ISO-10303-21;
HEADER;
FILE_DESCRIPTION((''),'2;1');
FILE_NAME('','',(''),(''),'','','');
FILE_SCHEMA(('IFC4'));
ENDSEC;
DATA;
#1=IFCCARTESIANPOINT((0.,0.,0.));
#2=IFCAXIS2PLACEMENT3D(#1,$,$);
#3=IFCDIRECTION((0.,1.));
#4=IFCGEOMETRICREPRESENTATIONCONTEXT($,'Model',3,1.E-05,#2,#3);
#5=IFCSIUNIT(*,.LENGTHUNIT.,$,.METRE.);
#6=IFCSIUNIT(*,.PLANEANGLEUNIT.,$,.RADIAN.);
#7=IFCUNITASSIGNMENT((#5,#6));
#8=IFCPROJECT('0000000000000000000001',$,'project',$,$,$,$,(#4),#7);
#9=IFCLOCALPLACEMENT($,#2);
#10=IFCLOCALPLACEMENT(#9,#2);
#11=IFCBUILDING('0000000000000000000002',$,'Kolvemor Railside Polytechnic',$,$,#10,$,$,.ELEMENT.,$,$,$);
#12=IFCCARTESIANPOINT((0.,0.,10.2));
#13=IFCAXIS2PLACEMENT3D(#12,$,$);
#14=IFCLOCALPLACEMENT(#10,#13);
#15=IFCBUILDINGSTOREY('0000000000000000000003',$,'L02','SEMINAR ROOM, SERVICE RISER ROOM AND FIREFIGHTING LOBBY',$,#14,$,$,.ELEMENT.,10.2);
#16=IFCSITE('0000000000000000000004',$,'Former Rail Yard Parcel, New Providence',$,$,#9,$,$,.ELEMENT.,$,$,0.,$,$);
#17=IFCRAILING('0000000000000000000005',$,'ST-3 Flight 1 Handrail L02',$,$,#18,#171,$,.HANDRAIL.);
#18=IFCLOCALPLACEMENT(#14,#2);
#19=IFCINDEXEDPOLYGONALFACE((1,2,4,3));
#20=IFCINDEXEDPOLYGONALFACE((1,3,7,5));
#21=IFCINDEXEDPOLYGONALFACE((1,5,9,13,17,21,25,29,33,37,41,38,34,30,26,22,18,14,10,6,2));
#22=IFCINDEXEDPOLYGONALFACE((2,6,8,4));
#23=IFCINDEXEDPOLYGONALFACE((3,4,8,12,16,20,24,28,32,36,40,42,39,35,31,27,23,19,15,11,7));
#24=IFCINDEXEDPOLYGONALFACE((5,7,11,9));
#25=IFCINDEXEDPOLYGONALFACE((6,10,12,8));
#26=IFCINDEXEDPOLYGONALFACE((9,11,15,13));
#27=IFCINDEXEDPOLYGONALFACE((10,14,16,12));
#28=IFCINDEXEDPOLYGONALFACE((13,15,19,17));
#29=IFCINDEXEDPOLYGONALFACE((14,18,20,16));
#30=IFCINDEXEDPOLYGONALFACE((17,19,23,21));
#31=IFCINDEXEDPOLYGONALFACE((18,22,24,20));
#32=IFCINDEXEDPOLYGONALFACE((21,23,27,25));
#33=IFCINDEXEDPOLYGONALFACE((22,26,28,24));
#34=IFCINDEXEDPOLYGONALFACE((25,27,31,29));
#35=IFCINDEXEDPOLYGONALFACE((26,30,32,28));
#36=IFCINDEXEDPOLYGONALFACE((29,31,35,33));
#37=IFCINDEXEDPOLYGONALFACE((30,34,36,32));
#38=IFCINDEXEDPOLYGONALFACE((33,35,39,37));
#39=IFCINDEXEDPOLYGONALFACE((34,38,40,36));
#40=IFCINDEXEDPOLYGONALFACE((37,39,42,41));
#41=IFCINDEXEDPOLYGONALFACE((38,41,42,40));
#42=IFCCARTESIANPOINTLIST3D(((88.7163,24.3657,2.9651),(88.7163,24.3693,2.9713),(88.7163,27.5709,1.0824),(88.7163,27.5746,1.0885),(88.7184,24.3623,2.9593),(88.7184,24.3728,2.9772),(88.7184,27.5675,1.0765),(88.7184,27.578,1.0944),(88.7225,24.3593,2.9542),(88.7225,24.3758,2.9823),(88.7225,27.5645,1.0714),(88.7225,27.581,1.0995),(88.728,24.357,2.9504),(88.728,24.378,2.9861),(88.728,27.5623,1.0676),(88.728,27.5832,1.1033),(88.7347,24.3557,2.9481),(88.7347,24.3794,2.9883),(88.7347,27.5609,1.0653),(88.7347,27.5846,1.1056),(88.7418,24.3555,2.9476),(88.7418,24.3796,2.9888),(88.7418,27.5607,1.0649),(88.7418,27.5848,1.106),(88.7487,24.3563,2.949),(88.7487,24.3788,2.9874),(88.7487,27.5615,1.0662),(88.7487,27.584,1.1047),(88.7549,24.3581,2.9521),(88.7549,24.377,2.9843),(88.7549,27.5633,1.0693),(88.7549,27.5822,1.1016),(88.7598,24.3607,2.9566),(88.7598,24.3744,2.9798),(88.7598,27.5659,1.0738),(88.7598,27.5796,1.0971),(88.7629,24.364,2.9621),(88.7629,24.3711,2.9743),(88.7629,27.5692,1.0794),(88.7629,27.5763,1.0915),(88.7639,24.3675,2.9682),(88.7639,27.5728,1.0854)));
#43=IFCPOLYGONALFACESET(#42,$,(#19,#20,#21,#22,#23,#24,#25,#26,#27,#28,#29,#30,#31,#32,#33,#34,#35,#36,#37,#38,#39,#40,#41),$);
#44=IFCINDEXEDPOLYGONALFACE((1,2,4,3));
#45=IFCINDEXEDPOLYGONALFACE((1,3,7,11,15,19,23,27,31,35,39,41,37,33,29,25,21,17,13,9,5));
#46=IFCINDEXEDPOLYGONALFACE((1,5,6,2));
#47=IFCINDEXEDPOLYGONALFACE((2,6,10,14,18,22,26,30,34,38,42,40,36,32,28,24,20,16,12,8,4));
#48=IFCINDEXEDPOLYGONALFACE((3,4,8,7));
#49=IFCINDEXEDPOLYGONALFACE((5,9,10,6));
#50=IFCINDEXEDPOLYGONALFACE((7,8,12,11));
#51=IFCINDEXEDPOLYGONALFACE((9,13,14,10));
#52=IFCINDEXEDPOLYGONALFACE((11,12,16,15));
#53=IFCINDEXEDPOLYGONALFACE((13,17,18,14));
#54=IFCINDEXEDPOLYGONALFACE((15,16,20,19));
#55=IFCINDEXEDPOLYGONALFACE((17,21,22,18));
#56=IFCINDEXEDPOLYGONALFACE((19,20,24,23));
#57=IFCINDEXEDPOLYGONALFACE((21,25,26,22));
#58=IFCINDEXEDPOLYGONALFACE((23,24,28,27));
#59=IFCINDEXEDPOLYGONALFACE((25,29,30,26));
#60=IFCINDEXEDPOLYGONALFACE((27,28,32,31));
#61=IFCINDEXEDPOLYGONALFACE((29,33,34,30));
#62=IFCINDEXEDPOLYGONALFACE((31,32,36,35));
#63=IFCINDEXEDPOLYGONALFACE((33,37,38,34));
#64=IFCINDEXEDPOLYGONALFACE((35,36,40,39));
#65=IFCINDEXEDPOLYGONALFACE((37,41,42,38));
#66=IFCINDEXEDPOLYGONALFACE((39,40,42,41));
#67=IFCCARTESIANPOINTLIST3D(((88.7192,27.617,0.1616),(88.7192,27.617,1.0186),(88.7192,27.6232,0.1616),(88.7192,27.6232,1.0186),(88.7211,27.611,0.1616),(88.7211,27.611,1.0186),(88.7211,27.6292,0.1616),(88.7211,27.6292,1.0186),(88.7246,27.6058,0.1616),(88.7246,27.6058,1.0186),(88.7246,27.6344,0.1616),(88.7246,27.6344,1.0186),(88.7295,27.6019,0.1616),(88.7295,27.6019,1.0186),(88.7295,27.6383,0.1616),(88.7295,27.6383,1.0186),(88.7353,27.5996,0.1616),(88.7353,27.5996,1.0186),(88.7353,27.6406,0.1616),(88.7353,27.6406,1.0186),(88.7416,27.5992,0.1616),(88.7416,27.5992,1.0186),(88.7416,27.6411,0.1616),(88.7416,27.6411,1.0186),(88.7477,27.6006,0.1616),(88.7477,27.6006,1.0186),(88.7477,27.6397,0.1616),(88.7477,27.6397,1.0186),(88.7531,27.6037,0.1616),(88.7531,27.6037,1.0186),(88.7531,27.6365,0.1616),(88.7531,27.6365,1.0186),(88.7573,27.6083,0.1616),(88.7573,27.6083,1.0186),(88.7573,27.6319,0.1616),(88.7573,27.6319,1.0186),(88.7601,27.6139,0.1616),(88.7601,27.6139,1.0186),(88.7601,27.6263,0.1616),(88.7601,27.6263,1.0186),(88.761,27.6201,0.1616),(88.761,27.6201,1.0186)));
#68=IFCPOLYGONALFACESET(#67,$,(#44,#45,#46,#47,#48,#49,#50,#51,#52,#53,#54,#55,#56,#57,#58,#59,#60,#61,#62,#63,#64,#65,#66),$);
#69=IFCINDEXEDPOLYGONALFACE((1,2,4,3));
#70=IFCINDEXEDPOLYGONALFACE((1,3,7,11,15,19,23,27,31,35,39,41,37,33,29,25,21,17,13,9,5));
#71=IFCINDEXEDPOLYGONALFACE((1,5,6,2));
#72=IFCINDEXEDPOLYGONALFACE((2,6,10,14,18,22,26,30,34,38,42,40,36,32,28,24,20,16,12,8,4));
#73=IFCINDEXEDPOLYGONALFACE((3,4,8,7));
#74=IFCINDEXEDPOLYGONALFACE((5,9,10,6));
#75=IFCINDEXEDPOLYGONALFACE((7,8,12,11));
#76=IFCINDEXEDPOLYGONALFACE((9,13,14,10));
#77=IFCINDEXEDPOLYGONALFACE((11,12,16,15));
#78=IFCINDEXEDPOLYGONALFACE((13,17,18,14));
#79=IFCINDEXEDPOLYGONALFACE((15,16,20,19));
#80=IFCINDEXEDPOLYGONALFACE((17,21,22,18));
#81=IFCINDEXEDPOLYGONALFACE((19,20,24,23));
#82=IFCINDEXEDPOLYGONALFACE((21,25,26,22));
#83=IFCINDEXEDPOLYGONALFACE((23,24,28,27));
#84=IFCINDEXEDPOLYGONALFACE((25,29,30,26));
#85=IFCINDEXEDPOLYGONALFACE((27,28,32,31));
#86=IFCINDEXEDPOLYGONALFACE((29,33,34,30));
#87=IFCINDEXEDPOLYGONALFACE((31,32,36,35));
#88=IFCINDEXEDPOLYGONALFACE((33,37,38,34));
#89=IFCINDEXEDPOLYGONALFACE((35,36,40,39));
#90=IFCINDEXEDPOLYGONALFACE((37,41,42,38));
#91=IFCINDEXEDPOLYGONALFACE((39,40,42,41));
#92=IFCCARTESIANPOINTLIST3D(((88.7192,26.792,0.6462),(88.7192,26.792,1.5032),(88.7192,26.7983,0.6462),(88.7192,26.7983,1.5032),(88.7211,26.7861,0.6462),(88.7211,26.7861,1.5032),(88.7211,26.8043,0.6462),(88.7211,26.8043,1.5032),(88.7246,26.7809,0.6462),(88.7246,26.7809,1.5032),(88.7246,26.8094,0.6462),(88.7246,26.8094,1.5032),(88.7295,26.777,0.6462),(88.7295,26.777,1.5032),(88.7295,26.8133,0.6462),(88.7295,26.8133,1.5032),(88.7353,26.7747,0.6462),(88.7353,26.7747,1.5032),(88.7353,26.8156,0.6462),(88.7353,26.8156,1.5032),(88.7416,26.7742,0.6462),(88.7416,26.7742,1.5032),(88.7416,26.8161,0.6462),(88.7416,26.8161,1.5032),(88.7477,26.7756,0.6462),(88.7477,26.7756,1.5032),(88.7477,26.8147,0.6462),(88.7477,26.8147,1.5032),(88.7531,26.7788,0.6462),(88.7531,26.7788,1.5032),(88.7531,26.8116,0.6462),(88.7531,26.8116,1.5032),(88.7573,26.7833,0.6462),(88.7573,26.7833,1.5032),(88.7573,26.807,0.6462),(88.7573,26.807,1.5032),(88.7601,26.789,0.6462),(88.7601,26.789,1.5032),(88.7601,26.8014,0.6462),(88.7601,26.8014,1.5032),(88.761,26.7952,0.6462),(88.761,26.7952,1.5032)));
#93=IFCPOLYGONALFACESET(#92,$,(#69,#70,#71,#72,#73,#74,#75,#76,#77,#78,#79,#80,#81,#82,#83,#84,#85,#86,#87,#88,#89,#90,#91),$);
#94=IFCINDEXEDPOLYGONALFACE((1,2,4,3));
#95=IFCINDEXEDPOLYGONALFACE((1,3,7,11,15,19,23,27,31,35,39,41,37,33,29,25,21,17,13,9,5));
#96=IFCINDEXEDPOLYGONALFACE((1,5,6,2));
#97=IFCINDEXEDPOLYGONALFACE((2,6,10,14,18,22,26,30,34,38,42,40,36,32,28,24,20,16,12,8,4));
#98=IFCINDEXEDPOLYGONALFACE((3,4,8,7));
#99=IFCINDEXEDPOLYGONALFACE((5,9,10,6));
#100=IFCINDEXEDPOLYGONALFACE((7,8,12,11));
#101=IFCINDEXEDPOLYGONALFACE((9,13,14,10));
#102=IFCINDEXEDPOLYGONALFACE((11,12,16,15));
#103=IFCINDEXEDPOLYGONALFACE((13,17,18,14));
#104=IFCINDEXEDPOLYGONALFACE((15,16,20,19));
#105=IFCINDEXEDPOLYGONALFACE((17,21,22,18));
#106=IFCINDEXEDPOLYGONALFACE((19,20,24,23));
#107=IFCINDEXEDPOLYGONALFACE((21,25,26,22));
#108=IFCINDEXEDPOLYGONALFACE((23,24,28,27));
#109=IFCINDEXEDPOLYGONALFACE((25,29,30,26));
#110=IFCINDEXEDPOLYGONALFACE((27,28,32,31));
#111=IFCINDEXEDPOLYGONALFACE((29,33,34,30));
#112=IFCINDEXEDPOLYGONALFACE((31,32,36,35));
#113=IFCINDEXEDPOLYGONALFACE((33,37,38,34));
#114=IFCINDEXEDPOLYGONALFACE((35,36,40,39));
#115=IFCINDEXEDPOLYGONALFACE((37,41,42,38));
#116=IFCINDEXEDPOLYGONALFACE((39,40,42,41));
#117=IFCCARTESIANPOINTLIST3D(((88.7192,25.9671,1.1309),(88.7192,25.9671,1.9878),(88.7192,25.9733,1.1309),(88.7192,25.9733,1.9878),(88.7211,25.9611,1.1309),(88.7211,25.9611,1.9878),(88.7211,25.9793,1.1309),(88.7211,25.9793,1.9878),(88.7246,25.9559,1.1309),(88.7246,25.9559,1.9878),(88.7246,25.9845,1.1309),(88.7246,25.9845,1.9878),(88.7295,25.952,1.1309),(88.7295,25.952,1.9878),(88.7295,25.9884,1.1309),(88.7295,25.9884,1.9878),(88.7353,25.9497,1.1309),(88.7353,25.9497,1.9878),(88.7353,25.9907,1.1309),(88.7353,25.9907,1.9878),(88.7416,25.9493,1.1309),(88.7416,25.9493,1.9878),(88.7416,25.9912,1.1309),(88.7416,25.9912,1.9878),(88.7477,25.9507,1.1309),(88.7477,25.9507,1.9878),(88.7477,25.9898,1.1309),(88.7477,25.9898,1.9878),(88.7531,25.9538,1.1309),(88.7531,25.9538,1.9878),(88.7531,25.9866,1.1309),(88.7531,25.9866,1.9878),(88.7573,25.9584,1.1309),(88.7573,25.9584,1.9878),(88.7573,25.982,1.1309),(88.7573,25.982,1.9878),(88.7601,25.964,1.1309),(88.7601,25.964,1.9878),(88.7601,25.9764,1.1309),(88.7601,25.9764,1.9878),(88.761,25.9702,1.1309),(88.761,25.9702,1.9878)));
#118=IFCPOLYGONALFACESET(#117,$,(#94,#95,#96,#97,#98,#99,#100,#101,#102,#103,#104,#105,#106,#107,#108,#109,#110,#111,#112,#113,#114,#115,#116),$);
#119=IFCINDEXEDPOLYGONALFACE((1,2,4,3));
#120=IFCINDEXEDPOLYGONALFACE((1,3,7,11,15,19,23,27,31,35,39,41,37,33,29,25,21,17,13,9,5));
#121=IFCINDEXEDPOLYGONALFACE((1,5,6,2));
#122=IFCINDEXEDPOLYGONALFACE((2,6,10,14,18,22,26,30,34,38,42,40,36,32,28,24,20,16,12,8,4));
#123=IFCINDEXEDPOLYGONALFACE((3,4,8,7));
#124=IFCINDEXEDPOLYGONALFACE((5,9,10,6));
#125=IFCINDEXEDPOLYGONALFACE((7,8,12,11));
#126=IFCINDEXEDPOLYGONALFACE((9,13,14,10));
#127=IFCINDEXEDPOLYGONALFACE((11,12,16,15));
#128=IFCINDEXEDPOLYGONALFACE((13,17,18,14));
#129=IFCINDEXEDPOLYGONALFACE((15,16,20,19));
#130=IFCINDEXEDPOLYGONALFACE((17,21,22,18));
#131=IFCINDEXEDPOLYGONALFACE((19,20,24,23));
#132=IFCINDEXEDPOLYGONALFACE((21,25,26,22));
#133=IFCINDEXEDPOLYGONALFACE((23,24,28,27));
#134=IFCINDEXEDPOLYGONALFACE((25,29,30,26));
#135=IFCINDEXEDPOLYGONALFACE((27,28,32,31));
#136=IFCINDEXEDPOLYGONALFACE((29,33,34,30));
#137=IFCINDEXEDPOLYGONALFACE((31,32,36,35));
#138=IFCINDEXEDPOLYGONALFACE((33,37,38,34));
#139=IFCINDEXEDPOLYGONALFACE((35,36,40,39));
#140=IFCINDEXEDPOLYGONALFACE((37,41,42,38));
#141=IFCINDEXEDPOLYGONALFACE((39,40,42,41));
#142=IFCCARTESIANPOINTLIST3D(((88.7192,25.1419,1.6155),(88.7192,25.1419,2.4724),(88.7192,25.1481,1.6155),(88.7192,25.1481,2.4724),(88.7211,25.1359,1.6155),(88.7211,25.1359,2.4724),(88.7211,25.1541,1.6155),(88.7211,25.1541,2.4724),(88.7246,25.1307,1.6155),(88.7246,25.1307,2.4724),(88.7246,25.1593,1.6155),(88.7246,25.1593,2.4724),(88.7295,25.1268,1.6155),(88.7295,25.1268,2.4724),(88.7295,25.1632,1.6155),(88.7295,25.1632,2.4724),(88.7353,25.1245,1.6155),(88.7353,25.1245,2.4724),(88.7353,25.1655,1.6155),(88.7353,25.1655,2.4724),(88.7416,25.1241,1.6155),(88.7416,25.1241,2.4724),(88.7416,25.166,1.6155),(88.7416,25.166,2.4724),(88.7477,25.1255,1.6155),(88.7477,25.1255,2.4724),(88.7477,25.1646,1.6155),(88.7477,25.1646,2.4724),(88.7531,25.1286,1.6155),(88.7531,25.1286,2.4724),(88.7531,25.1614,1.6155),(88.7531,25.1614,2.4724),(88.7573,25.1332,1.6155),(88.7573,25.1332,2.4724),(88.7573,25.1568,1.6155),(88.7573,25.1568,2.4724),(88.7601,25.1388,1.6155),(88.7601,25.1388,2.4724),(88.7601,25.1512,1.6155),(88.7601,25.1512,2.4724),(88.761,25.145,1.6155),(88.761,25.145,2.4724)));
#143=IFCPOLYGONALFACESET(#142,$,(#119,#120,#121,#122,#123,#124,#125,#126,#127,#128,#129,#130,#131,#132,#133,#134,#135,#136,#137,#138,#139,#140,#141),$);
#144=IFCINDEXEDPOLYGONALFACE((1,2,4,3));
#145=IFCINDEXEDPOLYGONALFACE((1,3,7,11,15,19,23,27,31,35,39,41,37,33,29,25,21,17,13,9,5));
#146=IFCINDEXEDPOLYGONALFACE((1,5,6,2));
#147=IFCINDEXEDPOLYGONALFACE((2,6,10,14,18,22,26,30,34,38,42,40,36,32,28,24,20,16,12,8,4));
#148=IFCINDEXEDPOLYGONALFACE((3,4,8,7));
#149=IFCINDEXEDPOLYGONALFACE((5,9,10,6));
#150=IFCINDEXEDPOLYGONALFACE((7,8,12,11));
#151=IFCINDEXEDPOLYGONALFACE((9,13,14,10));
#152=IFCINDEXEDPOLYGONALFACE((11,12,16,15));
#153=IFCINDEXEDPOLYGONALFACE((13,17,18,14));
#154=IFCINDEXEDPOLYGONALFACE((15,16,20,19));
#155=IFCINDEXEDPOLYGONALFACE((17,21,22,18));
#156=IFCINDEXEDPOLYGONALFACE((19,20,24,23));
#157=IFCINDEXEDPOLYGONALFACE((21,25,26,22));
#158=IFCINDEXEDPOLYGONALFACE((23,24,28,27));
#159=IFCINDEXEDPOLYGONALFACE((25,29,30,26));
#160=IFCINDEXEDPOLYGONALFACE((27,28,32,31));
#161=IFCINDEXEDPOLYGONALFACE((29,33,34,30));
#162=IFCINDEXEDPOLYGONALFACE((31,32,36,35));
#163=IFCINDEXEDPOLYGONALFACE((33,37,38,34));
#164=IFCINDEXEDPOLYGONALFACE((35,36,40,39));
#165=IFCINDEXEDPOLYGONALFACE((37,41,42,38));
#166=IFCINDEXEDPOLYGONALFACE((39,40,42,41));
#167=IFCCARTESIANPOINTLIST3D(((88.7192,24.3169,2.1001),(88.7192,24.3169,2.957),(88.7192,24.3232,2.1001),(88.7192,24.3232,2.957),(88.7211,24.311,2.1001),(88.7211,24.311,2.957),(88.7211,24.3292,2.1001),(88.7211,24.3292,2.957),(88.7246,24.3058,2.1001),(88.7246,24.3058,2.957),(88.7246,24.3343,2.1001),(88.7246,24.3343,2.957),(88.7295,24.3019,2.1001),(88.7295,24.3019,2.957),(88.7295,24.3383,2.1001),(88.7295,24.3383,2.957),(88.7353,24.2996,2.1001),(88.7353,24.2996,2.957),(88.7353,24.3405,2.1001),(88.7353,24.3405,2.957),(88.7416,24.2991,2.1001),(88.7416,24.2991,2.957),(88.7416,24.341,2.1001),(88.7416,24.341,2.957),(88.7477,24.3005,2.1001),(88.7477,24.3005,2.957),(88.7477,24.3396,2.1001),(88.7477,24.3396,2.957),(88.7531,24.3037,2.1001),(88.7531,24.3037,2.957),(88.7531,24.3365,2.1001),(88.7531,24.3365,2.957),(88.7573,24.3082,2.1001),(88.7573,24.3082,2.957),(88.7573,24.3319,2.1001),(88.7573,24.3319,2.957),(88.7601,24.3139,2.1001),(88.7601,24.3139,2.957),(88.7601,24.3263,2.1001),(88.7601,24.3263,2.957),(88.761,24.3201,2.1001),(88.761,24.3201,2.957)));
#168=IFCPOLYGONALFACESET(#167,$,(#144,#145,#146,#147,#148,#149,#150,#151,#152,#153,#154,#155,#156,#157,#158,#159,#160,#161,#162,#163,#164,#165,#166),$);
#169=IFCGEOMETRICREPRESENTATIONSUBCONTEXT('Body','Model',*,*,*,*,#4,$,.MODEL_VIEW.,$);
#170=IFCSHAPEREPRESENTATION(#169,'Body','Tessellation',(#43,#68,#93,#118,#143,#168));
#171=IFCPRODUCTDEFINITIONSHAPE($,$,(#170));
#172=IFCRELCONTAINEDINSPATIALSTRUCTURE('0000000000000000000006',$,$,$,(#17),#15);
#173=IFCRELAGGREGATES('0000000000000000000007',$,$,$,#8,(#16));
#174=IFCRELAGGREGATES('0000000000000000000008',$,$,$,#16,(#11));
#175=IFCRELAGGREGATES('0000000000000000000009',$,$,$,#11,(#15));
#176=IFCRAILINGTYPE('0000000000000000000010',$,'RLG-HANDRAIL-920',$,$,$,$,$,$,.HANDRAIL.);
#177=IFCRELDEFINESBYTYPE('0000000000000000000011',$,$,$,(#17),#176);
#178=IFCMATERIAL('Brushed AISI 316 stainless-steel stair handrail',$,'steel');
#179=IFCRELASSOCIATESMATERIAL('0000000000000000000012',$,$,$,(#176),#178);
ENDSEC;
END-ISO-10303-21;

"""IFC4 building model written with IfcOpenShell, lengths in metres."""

from ifc_helpers import new_model, si_unit, direction, frame, origin, origin_2d, place, context, subcontext, project, spatial, circle, extrude, material, type_object, element, save


model = new_model("IFC4")

# Units and contexts
model_context = context("Model", 3, precision=1e-05, world=origin(), true_north=direction((0.0, 1.0)))
body_context = subcontext(model_context, "Body", "Model", "MODEL_VIEW")
ifc_project = project(units=[si_unit("LENGTHUNIT", "METRE"), si_unit("PLANEANGLEUNIT", "RADIAN")], contexts=[model_context])

# Site, building, storey
site_placement = place(None, origin())
site = spatial("IfcSite", under=ifc_project, at=site_placement, Name="Former Rail Yard Parcel, New Providence", CompositionType="ELEMENT", RefElevation=0.0)
building_placement = place(site_placement, origin())
building = spatial("IfcBuilding", under=site, at=building_placement, Name="Kolvemor Railside Polytechnic", CompositionType="ELEMENT")
storey_placement = place(building_placement, frame((0.0, 0.0, 10.2)))
storey = spatial("IfcBuildingStorey", under=building, at=storey_placement, Name="L02", Description="SEMINAR ROOM, SERVICE RISER ROOM AND FIREFIGHTING LOBBY", CompositionType="ELEMENT", Elevation=10.2)

# Railing
ifc_material_1 = material(Name="Brushed AISI 316 stainless-steel stair handrail", Category="steel")
railing_type_1 = type_object("IfcRailingType", Name="RLG-HANDRAIL-920", PredefinedType="HANDRAIL", material=ifc_material_1)
railing_1_placement = place(storey_placement, frame((88.74, 27.6201, 0.1616)))
element("IfcRailing", 1, at=railing_1_placement, inside=storey, type_object=railing_type_1, Name="ST-3 Flight 1 Handrail L02", PredefinedType="HANDRAIL", context=body_context, shape_type="SweptSolid", body=[
    extrude(circle(Radius=0.0239, at=origin_2d()), frame((0.0, -0.0474, 0.9238), z_axis=(0.0, -0.862246, 0.50649), x_axis=(1.0, 0.0, 0.0)), (0.0, 0.0, 1.0), 3.7173),
    extrude(circle(Radius=0.021, at=origin_2d()), origin(), (0.0, 0.0, 1.0), 0.8569),
    extrude(circle(Radius=0.021, at=origin_2d()), frame((0.0, -0.825, 0.4846)), (0.0, 0.0, 1.0), 0.8569),
    extrude(circle(Radius=0.021, at=origin_2d()), frame((0.0, -1.6499, 0.9692)), (0.0, 0.0, 1.0), 0.8569),
    extrude(circle(Radius=0.021, at=origin_2d()), frame((0.0, -2.4751, 1.4539)), (0.0, 0.0, 1.0), 0.8569),
    extrude(circle(Radius=0.021, at=origin_2d()), frame((0.0, -3.3, 1.9385)), (0.0, 0.0, 1.0), 0.8569),
])

save(model, "model.ifc")
